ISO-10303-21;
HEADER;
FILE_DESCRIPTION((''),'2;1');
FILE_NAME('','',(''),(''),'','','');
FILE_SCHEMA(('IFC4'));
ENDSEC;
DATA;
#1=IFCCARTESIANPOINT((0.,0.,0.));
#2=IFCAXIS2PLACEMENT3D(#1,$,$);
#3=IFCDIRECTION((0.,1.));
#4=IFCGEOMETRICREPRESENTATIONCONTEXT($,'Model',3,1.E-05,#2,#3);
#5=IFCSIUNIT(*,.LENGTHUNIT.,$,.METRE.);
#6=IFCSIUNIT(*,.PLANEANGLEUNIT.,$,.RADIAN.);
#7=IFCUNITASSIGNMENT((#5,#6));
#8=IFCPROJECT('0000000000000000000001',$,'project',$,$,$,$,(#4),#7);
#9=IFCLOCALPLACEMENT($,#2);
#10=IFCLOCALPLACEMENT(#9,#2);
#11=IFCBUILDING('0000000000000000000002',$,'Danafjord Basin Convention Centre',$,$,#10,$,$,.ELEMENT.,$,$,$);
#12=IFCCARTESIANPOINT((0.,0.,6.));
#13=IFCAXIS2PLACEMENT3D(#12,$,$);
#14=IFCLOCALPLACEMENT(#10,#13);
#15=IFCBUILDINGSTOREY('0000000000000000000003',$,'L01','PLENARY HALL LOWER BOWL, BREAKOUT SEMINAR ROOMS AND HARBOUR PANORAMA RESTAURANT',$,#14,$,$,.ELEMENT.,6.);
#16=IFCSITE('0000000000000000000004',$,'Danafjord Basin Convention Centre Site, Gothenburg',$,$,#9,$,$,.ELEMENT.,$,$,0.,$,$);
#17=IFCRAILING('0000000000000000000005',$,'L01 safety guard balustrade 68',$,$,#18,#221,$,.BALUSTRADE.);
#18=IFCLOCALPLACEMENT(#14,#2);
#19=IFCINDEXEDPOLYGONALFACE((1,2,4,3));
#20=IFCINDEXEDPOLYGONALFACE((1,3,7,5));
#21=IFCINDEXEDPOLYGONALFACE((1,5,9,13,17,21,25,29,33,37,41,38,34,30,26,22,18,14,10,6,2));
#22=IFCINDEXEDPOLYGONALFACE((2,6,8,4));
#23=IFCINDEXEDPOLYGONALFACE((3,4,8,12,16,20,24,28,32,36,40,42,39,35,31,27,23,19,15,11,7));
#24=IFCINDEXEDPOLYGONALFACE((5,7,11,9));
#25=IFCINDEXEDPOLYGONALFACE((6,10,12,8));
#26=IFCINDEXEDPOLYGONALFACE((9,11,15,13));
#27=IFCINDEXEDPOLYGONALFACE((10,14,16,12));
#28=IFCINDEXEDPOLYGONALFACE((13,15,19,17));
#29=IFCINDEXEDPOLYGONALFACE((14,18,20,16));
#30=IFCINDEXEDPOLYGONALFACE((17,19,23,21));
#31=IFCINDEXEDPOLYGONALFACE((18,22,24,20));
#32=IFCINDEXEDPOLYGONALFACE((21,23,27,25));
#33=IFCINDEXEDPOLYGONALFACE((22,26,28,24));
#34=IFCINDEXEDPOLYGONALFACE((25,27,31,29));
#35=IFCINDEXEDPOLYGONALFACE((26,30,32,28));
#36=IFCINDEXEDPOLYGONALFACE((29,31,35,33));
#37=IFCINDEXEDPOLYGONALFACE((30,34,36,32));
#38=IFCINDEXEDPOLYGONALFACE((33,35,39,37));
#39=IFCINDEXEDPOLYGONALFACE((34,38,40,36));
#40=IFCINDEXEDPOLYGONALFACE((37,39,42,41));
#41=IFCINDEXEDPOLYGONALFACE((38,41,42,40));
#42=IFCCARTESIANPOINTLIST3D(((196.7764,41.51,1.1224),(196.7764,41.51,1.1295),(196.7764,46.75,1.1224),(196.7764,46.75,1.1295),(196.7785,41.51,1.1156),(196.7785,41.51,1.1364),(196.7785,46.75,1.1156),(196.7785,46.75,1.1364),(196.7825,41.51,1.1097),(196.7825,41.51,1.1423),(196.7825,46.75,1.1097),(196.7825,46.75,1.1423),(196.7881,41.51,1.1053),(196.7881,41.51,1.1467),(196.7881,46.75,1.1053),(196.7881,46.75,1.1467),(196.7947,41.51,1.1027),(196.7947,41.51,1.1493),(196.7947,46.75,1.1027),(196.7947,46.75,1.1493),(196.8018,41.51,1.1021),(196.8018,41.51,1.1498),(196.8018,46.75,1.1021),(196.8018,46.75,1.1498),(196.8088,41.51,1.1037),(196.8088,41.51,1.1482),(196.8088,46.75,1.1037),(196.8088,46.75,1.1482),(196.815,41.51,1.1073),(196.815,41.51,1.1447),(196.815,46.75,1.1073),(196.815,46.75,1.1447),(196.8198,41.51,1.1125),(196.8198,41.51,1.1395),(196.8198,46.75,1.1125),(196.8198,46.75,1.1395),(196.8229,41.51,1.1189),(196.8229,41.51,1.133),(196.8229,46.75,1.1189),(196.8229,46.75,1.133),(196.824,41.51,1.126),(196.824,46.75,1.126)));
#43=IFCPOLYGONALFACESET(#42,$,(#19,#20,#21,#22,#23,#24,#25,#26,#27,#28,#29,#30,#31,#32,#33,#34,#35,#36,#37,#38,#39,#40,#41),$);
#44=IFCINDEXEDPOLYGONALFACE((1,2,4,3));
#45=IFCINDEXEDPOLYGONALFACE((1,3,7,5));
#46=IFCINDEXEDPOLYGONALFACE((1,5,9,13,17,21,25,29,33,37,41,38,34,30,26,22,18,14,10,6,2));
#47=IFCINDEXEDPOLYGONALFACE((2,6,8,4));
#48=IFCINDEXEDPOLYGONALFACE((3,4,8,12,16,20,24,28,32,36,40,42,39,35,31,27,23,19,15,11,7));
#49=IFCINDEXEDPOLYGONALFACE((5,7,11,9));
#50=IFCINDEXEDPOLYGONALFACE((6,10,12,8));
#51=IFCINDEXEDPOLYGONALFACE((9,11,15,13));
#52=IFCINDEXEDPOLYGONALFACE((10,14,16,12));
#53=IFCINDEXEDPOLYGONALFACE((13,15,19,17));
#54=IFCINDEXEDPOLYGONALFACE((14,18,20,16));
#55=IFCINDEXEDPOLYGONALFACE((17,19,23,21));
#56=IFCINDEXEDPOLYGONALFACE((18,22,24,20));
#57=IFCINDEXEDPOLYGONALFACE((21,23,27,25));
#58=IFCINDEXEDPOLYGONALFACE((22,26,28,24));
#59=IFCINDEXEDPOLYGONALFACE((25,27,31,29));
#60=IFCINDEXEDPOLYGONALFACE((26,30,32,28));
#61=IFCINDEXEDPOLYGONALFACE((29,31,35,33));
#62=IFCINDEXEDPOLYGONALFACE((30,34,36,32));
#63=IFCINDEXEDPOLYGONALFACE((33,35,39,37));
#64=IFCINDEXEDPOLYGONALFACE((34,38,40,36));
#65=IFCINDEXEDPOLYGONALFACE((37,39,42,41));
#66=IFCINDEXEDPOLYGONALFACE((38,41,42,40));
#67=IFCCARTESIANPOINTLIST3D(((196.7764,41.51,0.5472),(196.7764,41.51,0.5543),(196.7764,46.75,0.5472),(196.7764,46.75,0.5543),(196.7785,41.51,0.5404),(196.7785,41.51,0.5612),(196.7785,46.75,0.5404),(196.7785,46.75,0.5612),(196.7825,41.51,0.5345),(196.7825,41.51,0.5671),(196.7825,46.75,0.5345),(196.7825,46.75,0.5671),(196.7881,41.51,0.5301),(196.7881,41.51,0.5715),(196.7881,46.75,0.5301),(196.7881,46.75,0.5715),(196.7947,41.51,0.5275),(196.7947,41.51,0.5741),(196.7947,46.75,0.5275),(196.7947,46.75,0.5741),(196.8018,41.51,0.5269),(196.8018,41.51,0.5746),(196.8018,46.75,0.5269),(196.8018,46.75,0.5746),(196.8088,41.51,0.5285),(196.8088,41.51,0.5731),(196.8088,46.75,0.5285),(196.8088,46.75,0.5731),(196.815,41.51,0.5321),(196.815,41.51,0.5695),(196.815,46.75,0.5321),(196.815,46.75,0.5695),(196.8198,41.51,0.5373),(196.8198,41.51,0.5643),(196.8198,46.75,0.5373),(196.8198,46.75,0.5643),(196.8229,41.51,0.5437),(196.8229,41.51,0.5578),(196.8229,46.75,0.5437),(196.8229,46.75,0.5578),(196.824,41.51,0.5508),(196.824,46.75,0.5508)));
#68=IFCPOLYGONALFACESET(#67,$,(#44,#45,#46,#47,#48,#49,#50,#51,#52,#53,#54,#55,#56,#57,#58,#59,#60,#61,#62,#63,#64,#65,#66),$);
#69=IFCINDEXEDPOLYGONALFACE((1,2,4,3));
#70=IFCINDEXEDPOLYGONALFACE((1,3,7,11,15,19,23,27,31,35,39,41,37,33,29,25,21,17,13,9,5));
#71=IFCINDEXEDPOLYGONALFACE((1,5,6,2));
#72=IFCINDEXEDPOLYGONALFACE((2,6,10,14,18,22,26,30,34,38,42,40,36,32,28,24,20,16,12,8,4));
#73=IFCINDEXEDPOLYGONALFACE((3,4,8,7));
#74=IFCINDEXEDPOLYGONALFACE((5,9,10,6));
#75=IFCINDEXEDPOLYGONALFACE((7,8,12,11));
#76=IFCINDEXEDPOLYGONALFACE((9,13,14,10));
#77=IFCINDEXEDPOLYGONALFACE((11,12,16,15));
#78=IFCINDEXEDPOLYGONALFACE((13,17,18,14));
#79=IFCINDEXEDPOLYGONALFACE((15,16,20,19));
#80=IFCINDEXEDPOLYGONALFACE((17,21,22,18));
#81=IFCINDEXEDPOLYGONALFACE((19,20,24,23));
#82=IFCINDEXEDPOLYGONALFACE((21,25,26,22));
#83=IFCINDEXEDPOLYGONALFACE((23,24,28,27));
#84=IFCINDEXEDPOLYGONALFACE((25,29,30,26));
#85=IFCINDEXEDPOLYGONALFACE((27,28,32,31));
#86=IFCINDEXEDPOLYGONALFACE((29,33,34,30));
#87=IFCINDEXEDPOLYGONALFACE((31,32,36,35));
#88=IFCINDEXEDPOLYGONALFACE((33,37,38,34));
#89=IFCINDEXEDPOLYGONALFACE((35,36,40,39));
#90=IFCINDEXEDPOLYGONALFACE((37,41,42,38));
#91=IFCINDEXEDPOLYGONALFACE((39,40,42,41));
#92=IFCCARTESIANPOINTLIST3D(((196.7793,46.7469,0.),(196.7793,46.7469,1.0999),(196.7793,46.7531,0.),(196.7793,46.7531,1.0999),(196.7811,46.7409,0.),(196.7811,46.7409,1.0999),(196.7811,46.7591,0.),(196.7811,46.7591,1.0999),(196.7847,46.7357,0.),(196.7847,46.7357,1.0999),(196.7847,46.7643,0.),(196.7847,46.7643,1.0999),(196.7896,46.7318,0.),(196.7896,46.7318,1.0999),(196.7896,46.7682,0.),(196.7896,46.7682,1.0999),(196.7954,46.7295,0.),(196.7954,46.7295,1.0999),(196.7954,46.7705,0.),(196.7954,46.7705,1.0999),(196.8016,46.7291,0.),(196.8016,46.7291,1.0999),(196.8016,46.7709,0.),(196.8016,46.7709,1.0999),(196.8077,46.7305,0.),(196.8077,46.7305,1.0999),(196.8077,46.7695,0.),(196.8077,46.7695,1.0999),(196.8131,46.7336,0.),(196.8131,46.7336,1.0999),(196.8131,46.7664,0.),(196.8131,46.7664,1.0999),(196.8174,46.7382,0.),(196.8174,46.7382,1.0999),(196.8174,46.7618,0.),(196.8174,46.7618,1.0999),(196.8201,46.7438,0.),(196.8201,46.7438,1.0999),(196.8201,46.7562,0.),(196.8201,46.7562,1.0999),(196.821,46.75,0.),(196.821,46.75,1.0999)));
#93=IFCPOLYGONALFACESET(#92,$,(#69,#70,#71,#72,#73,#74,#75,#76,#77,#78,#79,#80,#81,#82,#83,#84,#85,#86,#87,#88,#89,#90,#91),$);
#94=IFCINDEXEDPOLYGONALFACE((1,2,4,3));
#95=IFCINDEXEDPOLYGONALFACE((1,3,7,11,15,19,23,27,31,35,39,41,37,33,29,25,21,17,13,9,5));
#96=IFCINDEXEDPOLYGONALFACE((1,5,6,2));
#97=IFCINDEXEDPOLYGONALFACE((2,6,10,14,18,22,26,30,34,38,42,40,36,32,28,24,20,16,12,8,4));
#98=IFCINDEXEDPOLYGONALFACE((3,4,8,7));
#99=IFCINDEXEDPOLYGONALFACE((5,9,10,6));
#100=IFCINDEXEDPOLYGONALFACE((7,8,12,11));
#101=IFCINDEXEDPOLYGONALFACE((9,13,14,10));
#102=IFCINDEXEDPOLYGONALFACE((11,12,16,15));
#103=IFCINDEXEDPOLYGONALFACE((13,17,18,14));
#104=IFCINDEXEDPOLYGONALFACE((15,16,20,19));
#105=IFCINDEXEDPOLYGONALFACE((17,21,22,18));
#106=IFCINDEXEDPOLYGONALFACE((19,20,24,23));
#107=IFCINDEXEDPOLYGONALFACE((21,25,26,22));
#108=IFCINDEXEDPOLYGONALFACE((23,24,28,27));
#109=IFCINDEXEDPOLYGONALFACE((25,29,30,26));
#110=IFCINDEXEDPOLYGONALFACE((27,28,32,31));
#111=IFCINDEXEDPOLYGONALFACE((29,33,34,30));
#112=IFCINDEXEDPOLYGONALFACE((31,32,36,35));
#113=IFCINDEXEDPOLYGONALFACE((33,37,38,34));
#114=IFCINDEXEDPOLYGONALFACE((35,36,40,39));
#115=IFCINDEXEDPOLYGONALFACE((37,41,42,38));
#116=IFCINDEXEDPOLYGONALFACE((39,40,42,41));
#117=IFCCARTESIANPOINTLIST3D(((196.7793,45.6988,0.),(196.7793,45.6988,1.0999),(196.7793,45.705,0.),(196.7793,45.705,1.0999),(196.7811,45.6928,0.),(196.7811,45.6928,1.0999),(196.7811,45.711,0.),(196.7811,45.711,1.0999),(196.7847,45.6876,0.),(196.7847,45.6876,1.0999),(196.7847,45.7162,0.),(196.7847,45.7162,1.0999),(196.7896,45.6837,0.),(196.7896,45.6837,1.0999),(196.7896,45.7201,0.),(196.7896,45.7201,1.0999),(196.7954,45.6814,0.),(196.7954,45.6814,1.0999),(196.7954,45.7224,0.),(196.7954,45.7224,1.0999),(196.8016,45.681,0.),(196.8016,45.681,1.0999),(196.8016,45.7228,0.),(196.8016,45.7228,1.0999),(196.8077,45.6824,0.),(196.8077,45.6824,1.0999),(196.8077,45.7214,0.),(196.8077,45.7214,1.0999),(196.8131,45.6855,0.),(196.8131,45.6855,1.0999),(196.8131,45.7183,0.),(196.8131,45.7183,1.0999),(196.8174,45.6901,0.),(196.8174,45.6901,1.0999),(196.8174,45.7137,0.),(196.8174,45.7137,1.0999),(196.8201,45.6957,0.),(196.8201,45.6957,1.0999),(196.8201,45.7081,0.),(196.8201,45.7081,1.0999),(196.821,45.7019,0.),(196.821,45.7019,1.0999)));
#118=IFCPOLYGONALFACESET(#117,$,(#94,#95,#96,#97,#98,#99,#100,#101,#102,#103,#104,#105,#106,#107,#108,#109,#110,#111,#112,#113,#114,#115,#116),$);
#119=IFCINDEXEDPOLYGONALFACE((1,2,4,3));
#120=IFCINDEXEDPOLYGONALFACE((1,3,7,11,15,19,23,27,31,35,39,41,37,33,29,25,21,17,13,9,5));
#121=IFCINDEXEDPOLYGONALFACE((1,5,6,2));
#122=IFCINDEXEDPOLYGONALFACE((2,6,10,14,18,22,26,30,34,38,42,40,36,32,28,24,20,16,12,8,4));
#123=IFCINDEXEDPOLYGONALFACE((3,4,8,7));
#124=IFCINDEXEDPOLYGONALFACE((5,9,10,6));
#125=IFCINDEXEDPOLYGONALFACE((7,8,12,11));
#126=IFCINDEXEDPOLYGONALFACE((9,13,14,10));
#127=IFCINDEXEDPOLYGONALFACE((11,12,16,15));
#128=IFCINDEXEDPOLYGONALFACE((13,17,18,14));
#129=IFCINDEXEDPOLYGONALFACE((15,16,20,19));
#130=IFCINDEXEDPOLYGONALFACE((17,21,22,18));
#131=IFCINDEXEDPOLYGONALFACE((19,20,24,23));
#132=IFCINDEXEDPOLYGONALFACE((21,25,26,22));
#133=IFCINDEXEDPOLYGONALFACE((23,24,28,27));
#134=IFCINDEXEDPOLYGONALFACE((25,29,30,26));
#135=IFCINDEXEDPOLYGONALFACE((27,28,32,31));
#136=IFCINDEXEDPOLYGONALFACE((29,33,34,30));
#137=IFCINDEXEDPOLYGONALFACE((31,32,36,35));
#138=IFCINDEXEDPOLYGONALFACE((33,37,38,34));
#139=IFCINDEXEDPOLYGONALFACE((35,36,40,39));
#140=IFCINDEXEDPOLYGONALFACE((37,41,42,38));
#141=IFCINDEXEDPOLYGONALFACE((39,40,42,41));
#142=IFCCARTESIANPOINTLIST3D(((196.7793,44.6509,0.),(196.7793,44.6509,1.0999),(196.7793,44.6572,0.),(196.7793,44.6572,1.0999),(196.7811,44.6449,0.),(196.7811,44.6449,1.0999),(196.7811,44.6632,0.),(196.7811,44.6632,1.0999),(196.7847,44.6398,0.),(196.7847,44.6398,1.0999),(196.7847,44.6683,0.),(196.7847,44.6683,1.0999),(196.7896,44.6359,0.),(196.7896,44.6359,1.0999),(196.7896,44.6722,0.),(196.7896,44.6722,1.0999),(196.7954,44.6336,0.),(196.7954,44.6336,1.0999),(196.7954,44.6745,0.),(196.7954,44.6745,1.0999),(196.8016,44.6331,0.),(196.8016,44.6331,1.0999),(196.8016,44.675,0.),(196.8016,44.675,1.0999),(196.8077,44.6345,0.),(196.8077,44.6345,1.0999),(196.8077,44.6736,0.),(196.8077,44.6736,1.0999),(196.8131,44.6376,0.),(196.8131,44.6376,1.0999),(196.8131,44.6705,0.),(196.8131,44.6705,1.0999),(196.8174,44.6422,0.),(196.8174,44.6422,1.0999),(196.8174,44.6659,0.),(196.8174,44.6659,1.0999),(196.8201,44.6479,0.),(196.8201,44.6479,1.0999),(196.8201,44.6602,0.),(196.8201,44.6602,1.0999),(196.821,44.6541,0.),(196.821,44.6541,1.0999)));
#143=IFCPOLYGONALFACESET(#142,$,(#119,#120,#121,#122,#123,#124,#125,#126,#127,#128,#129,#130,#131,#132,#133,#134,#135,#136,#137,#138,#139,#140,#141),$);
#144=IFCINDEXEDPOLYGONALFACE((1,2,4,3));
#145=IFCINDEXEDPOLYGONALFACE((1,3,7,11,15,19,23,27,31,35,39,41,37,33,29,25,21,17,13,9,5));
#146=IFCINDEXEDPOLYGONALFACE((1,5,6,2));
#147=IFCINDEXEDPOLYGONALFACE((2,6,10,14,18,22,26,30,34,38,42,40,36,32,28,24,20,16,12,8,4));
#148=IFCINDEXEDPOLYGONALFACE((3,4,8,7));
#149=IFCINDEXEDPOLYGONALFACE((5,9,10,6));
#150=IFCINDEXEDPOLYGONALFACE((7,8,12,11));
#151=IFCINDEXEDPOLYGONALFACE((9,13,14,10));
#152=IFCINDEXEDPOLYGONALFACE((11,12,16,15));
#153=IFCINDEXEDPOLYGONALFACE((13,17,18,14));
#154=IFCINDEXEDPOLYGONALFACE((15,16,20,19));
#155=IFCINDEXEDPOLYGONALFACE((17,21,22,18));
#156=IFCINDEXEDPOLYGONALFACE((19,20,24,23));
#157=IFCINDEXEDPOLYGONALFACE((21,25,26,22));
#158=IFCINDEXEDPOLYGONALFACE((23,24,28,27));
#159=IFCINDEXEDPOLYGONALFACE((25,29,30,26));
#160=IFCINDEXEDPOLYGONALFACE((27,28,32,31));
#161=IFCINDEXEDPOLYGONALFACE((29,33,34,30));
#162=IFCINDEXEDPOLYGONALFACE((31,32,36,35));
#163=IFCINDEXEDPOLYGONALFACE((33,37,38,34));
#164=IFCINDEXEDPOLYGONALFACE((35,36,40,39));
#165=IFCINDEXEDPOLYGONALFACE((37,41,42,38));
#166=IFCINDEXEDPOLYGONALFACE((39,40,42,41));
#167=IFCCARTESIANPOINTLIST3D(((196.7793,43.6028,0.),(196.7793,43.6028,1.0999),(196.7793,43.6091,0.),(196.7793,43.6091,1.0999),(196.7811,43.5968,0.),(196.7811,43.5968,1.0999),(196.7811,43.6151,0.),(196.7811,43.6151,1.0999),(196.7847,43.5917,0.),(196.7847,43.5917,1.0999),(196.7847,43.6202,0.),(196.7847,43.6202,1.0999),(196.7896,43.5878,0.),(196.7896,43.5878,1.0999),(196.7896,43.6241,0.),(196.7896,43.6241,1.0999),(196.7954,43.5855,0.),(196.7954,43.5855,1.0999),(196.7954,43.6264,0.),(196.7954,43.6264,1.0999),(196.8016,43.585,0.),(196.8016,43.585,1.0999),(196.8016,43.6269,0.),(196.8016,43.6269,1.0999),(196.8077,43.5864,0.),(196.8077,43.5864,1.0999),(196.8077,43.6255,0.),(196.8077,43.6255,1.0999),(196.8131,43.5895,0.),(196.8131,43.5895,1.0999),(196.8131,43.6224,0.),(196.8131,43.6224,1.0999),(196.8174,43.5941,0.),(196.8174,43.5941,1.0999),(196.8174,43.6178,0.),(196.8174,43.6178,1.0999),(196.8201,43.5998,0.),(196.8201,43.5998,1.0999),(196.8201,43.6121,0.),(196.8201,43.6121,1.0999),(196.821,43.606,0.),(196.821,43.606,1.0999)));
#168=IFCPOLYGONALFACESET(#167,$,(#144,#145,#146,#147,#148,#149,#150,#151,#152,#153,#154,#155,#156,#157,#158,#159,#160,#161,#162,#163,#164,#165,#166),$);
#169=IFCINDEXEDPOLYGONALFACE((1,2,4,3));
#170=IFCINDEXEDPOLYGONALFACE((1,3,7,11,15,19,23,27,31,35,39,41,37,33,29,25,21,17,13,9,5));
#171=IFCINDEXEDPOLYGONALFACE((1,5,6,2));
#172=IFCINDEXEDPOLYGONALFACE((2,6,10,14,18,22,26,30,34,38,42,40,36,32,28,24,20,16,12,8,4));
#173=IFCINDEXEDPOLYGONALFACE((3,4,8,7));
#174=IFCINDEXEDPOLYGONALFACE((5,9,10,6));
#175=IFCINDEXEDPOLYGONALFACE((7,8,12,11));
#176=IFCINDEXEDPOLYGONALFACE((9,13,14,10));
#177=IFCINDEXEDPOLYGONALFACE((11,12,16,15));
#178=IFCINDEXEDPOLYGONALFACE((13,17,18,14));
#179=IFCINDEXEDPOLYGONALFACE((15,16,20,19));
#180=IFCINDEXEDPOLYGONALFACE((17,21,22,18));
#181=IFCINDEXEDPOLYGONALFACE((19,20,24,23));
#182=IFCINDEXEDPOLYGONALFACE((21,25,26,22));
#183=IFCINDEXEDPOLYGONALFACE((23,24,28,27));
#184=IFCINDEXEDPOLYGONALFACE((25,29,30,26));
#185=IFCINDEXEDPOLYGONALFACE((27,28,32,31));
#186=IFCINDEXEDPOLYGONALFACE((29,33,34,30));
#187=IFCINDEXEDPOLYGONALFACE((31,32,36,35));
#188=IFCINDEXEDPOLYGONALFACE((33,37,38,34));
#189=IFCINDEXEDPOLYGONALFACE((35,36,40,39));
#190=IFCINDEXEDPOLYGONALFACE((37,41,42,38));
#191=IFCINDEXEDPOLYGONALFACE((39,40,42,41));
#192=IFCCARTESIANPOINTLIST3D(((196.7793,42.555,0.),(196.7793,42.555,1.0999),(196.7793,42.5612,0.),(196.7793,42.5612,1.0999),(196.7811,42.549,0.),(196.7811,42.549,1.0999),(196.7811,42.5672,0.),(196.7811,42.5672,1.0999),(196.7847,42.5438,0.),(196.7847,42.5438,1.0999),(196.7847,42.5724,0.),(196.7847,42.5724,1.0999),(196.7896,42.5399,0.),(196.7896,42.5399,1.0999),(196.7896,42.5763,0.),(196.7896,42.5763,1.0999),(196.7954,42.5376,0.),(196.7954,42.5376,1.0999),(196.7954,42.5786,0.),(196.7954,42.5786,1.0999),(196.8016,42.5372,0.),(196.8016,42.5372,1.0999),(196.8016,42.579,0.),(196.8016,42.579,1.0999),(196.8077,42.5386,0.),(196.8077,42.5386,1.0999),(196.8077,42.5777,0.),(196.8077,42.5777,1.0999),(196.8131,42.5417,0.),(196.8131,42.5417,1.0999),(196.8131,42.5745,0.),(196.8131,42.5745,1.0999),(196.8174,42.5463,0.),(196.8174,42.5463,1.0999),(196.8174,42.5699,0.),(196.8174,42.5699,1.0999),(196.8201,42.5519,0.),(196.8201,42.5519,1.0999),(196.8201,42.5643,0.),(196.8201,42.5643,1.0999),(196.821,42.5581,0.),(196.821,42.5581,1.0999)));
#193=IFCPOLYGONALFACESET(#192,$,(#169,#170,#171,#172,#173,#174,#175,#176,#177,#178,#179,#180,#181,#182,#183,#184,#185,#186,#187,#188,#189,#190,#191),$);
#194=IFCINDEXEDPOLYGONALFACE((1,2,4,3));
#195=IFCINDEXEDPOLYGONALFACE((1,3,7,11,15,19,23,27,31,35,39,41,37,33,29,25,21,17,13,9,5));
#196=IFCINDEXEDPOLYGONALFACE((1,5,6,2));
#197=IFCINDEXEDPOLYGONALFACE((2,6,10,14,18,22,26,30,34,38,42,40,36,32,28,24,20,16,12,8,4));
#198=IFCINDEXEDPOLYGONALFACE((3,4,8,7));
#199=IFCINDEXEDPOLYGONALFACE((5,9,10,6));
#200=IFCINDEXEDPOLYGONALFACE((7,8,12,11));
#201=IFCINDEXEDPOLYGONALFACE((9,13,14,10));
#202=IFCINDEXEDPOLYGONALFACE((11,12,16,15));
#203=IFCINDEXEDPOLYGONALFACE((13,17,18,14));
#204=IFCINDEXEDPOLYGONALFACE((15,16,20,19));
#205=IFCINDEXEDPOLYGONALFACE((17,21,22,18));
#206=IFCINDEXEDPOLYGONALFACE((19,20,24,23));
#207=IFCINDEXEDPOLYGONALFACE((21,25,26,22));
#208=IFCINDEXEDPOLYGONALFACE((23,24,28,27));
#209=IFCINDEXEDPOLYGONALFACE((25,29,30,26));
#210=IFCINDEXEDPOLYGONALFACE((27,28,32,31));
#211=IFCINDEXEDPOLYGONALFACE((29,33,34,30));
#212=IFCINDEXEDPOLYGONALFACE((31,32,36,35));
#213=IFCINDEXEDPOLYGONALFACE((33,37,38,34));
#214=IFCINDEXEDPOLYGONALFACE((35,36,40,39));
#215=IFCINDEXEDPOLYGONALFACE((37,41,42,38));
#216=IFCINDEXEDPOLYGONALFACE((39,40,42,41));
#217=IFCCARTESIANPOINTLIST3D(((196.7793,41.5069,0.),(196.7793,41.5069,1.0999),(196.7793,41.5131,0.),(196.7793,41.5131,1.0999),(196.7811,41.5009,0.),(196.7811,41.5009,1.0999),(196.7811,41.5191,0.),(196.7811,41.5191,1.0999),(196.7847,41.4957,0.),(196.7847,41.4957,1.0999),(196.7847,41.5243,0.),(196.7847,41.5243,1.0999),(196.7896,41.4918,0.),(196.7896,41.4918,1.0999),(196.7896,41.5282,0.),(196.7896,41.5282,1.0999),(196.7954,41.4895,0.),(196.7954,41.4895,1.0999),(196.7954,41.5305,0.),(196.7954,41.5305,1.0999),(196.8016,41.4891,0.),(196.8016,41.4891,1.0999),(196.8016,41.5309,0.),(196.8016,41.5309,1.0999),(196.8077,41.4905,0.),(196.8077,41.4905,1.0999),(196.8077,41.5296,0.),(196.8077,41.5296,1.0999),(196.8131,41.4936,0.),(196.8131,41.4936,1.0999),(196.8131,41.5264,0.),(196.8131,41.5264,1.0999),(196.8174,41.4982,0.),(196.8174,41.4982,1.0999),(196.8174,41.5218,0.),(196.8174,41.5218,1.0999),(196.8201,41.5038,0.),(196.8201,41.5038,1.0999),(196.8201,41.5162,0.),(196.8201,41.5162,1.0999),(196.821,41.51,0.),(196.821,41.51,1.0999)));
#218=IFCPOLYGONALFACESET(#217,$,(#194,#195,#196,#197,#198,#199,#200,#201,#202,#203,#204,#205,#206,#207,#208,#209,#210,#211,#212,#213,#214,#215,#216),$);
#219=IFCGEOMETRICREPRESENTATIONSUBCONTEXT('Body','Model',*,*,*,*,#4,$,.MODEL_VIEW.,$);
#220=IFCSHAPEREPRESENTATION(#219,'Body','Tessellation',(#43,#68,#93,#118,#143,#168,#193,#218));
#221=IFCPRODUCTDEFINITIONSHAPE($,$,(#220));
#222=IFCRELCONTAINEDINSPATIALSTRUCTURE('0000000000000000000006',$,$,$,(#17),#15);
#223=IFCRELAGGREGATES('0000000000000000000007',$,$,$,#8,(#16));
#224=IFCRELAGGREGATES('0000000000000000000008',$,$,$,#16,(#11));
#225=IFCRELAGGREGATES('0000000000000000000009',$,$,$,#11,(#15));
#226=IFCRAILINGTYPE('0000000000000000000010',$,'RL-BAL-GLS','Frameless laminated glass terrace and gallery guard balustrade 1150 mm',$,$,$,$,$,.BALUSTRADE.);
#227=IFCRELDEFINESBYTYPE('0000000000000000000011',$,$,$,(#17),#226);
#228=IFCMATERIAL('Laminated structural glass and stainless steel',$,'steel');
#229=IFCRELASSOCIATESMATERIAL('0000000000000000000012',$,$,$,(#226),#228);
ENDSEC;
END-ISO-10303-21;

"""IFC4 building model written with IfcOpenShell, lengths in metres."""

from ifc_helpers import new_model, si_unit, direction, frame, origin, origin_2d, place, context, subcontext, project, spatial, circle, extrude, material, type_object, element, save


model = new_model("IFC4")

# Units and contexts
model_context = context("Model", 3, precision=1e-05, world=origin(), true_north=direction((0.0, 1.0)))
body_context = subcontext(model_context, "Body", "Model", "MODEL_VIEW")
ifc_project = project(units=[si_unit("LENGTHUNIT", "METRE"), si_unit("PLANEANGLEUNIT", "RADIAN")], contexts=[model_context])

# Site, building, storey
site_placement = place(None, origin())
site = spatial("IfcSite", under=ifc_project, at=site_placement, Name="Danafjord Basin Convention Centre Site, Gothenburg", CompositionType="ELEMENT", RefElevation=0.0)
building_placement = place(site_placement, origin())
building = spatial("IfcBuilding", under=site, at=building_placement, Name="Danafjord Basin Convention Centre", CompositionType="ELEMENT")
storey_placement = place(building_placement, frame((0.0, 0.0, 6.0)))
storey = spatial("IfcBuildingStorey", under=building, at=storey_placement, Name="L01", Description="PLENARY HALL LOWER BOWL, BREAKOUT SEMINAR ROOMS AND HARBOUR PANORAMA RESTAURANT", CompositionType="ELEMENT", Elevation=6.0)

# Railing
ifc_material_1 = material(Name="Laminated structural glass and stainless steel", Category="steel")
railing_type_1 = type_object("IfcRailingType", Name="RL-BAL-GLS", Description="Frameless laminated glass terrace and gallery guard balustrade 1150 mm", PredefinedType="BALUSTRADE", material=ifc_material_1)
railing_1_placement = place(storey_placement, frame((196.8, 46.75, 0.0)))
element("IfcRailing", 1, at=railing_1_placement, inside=storey, type_object=railing_type_1, Name="L01 safety guard balustrade 68", PredefinedType="BALUSTRADE", context=body_context, shape_type="SweptSolid", body=[
    extrude(circle(Radius=0.0239, at=origin_2d()), frame((0.0, 0.0, 1.126), z_axis=(0.0, -1.0, 0.0), x_axis=(1.0, 0.0, 0.0)), (0.0, 0.0, 1.0), 5.24),
    extrude(circle(Radius=0.0239, at=origin_2d()), frame((0.0, 0.0, 0.5508), z_axis=(0.0, -1.0, 0.0), x_axis=(1.0, 0.0, 0.0)), (0.0, 0.0, 1.0), 5.24),
    extrude(circle(Radius=0.021, at=origin_2d()), origin(), (0.0, 0.0, 1.0), 1.0999),
    extrude(circle(Radius=0.021, at=origin_2d()), frame((0.0, -1.0481, 0.0)), (0.0, 0.0, 1.0), 1.0999),
    extrude(circle(Radius=0.021, at=origin_2d()), frame((0.0, -2.0959, 0.0)), (0.0, 0.0, 1.0), 1.0999),
    extrude(circle(Radius=0.021, at=origin_2d()), frame((0.0, -3.144, 0.0)), (0.0, 0.0, 1.0), 1.0999),
    extrude(circle(Radius=0.021, at=origin_2d()), frame((0.0, -4.1919, 0.0)), (0.0, 0.0, 1.0), 1.0999),
    extrude(circle(Radius=0.021, at=origin_2d()), frame((0.0, -5.24, 0.0)), (0.0, 0.0, 1.0), 1.0999),
])

save(model, "model.ifc")
